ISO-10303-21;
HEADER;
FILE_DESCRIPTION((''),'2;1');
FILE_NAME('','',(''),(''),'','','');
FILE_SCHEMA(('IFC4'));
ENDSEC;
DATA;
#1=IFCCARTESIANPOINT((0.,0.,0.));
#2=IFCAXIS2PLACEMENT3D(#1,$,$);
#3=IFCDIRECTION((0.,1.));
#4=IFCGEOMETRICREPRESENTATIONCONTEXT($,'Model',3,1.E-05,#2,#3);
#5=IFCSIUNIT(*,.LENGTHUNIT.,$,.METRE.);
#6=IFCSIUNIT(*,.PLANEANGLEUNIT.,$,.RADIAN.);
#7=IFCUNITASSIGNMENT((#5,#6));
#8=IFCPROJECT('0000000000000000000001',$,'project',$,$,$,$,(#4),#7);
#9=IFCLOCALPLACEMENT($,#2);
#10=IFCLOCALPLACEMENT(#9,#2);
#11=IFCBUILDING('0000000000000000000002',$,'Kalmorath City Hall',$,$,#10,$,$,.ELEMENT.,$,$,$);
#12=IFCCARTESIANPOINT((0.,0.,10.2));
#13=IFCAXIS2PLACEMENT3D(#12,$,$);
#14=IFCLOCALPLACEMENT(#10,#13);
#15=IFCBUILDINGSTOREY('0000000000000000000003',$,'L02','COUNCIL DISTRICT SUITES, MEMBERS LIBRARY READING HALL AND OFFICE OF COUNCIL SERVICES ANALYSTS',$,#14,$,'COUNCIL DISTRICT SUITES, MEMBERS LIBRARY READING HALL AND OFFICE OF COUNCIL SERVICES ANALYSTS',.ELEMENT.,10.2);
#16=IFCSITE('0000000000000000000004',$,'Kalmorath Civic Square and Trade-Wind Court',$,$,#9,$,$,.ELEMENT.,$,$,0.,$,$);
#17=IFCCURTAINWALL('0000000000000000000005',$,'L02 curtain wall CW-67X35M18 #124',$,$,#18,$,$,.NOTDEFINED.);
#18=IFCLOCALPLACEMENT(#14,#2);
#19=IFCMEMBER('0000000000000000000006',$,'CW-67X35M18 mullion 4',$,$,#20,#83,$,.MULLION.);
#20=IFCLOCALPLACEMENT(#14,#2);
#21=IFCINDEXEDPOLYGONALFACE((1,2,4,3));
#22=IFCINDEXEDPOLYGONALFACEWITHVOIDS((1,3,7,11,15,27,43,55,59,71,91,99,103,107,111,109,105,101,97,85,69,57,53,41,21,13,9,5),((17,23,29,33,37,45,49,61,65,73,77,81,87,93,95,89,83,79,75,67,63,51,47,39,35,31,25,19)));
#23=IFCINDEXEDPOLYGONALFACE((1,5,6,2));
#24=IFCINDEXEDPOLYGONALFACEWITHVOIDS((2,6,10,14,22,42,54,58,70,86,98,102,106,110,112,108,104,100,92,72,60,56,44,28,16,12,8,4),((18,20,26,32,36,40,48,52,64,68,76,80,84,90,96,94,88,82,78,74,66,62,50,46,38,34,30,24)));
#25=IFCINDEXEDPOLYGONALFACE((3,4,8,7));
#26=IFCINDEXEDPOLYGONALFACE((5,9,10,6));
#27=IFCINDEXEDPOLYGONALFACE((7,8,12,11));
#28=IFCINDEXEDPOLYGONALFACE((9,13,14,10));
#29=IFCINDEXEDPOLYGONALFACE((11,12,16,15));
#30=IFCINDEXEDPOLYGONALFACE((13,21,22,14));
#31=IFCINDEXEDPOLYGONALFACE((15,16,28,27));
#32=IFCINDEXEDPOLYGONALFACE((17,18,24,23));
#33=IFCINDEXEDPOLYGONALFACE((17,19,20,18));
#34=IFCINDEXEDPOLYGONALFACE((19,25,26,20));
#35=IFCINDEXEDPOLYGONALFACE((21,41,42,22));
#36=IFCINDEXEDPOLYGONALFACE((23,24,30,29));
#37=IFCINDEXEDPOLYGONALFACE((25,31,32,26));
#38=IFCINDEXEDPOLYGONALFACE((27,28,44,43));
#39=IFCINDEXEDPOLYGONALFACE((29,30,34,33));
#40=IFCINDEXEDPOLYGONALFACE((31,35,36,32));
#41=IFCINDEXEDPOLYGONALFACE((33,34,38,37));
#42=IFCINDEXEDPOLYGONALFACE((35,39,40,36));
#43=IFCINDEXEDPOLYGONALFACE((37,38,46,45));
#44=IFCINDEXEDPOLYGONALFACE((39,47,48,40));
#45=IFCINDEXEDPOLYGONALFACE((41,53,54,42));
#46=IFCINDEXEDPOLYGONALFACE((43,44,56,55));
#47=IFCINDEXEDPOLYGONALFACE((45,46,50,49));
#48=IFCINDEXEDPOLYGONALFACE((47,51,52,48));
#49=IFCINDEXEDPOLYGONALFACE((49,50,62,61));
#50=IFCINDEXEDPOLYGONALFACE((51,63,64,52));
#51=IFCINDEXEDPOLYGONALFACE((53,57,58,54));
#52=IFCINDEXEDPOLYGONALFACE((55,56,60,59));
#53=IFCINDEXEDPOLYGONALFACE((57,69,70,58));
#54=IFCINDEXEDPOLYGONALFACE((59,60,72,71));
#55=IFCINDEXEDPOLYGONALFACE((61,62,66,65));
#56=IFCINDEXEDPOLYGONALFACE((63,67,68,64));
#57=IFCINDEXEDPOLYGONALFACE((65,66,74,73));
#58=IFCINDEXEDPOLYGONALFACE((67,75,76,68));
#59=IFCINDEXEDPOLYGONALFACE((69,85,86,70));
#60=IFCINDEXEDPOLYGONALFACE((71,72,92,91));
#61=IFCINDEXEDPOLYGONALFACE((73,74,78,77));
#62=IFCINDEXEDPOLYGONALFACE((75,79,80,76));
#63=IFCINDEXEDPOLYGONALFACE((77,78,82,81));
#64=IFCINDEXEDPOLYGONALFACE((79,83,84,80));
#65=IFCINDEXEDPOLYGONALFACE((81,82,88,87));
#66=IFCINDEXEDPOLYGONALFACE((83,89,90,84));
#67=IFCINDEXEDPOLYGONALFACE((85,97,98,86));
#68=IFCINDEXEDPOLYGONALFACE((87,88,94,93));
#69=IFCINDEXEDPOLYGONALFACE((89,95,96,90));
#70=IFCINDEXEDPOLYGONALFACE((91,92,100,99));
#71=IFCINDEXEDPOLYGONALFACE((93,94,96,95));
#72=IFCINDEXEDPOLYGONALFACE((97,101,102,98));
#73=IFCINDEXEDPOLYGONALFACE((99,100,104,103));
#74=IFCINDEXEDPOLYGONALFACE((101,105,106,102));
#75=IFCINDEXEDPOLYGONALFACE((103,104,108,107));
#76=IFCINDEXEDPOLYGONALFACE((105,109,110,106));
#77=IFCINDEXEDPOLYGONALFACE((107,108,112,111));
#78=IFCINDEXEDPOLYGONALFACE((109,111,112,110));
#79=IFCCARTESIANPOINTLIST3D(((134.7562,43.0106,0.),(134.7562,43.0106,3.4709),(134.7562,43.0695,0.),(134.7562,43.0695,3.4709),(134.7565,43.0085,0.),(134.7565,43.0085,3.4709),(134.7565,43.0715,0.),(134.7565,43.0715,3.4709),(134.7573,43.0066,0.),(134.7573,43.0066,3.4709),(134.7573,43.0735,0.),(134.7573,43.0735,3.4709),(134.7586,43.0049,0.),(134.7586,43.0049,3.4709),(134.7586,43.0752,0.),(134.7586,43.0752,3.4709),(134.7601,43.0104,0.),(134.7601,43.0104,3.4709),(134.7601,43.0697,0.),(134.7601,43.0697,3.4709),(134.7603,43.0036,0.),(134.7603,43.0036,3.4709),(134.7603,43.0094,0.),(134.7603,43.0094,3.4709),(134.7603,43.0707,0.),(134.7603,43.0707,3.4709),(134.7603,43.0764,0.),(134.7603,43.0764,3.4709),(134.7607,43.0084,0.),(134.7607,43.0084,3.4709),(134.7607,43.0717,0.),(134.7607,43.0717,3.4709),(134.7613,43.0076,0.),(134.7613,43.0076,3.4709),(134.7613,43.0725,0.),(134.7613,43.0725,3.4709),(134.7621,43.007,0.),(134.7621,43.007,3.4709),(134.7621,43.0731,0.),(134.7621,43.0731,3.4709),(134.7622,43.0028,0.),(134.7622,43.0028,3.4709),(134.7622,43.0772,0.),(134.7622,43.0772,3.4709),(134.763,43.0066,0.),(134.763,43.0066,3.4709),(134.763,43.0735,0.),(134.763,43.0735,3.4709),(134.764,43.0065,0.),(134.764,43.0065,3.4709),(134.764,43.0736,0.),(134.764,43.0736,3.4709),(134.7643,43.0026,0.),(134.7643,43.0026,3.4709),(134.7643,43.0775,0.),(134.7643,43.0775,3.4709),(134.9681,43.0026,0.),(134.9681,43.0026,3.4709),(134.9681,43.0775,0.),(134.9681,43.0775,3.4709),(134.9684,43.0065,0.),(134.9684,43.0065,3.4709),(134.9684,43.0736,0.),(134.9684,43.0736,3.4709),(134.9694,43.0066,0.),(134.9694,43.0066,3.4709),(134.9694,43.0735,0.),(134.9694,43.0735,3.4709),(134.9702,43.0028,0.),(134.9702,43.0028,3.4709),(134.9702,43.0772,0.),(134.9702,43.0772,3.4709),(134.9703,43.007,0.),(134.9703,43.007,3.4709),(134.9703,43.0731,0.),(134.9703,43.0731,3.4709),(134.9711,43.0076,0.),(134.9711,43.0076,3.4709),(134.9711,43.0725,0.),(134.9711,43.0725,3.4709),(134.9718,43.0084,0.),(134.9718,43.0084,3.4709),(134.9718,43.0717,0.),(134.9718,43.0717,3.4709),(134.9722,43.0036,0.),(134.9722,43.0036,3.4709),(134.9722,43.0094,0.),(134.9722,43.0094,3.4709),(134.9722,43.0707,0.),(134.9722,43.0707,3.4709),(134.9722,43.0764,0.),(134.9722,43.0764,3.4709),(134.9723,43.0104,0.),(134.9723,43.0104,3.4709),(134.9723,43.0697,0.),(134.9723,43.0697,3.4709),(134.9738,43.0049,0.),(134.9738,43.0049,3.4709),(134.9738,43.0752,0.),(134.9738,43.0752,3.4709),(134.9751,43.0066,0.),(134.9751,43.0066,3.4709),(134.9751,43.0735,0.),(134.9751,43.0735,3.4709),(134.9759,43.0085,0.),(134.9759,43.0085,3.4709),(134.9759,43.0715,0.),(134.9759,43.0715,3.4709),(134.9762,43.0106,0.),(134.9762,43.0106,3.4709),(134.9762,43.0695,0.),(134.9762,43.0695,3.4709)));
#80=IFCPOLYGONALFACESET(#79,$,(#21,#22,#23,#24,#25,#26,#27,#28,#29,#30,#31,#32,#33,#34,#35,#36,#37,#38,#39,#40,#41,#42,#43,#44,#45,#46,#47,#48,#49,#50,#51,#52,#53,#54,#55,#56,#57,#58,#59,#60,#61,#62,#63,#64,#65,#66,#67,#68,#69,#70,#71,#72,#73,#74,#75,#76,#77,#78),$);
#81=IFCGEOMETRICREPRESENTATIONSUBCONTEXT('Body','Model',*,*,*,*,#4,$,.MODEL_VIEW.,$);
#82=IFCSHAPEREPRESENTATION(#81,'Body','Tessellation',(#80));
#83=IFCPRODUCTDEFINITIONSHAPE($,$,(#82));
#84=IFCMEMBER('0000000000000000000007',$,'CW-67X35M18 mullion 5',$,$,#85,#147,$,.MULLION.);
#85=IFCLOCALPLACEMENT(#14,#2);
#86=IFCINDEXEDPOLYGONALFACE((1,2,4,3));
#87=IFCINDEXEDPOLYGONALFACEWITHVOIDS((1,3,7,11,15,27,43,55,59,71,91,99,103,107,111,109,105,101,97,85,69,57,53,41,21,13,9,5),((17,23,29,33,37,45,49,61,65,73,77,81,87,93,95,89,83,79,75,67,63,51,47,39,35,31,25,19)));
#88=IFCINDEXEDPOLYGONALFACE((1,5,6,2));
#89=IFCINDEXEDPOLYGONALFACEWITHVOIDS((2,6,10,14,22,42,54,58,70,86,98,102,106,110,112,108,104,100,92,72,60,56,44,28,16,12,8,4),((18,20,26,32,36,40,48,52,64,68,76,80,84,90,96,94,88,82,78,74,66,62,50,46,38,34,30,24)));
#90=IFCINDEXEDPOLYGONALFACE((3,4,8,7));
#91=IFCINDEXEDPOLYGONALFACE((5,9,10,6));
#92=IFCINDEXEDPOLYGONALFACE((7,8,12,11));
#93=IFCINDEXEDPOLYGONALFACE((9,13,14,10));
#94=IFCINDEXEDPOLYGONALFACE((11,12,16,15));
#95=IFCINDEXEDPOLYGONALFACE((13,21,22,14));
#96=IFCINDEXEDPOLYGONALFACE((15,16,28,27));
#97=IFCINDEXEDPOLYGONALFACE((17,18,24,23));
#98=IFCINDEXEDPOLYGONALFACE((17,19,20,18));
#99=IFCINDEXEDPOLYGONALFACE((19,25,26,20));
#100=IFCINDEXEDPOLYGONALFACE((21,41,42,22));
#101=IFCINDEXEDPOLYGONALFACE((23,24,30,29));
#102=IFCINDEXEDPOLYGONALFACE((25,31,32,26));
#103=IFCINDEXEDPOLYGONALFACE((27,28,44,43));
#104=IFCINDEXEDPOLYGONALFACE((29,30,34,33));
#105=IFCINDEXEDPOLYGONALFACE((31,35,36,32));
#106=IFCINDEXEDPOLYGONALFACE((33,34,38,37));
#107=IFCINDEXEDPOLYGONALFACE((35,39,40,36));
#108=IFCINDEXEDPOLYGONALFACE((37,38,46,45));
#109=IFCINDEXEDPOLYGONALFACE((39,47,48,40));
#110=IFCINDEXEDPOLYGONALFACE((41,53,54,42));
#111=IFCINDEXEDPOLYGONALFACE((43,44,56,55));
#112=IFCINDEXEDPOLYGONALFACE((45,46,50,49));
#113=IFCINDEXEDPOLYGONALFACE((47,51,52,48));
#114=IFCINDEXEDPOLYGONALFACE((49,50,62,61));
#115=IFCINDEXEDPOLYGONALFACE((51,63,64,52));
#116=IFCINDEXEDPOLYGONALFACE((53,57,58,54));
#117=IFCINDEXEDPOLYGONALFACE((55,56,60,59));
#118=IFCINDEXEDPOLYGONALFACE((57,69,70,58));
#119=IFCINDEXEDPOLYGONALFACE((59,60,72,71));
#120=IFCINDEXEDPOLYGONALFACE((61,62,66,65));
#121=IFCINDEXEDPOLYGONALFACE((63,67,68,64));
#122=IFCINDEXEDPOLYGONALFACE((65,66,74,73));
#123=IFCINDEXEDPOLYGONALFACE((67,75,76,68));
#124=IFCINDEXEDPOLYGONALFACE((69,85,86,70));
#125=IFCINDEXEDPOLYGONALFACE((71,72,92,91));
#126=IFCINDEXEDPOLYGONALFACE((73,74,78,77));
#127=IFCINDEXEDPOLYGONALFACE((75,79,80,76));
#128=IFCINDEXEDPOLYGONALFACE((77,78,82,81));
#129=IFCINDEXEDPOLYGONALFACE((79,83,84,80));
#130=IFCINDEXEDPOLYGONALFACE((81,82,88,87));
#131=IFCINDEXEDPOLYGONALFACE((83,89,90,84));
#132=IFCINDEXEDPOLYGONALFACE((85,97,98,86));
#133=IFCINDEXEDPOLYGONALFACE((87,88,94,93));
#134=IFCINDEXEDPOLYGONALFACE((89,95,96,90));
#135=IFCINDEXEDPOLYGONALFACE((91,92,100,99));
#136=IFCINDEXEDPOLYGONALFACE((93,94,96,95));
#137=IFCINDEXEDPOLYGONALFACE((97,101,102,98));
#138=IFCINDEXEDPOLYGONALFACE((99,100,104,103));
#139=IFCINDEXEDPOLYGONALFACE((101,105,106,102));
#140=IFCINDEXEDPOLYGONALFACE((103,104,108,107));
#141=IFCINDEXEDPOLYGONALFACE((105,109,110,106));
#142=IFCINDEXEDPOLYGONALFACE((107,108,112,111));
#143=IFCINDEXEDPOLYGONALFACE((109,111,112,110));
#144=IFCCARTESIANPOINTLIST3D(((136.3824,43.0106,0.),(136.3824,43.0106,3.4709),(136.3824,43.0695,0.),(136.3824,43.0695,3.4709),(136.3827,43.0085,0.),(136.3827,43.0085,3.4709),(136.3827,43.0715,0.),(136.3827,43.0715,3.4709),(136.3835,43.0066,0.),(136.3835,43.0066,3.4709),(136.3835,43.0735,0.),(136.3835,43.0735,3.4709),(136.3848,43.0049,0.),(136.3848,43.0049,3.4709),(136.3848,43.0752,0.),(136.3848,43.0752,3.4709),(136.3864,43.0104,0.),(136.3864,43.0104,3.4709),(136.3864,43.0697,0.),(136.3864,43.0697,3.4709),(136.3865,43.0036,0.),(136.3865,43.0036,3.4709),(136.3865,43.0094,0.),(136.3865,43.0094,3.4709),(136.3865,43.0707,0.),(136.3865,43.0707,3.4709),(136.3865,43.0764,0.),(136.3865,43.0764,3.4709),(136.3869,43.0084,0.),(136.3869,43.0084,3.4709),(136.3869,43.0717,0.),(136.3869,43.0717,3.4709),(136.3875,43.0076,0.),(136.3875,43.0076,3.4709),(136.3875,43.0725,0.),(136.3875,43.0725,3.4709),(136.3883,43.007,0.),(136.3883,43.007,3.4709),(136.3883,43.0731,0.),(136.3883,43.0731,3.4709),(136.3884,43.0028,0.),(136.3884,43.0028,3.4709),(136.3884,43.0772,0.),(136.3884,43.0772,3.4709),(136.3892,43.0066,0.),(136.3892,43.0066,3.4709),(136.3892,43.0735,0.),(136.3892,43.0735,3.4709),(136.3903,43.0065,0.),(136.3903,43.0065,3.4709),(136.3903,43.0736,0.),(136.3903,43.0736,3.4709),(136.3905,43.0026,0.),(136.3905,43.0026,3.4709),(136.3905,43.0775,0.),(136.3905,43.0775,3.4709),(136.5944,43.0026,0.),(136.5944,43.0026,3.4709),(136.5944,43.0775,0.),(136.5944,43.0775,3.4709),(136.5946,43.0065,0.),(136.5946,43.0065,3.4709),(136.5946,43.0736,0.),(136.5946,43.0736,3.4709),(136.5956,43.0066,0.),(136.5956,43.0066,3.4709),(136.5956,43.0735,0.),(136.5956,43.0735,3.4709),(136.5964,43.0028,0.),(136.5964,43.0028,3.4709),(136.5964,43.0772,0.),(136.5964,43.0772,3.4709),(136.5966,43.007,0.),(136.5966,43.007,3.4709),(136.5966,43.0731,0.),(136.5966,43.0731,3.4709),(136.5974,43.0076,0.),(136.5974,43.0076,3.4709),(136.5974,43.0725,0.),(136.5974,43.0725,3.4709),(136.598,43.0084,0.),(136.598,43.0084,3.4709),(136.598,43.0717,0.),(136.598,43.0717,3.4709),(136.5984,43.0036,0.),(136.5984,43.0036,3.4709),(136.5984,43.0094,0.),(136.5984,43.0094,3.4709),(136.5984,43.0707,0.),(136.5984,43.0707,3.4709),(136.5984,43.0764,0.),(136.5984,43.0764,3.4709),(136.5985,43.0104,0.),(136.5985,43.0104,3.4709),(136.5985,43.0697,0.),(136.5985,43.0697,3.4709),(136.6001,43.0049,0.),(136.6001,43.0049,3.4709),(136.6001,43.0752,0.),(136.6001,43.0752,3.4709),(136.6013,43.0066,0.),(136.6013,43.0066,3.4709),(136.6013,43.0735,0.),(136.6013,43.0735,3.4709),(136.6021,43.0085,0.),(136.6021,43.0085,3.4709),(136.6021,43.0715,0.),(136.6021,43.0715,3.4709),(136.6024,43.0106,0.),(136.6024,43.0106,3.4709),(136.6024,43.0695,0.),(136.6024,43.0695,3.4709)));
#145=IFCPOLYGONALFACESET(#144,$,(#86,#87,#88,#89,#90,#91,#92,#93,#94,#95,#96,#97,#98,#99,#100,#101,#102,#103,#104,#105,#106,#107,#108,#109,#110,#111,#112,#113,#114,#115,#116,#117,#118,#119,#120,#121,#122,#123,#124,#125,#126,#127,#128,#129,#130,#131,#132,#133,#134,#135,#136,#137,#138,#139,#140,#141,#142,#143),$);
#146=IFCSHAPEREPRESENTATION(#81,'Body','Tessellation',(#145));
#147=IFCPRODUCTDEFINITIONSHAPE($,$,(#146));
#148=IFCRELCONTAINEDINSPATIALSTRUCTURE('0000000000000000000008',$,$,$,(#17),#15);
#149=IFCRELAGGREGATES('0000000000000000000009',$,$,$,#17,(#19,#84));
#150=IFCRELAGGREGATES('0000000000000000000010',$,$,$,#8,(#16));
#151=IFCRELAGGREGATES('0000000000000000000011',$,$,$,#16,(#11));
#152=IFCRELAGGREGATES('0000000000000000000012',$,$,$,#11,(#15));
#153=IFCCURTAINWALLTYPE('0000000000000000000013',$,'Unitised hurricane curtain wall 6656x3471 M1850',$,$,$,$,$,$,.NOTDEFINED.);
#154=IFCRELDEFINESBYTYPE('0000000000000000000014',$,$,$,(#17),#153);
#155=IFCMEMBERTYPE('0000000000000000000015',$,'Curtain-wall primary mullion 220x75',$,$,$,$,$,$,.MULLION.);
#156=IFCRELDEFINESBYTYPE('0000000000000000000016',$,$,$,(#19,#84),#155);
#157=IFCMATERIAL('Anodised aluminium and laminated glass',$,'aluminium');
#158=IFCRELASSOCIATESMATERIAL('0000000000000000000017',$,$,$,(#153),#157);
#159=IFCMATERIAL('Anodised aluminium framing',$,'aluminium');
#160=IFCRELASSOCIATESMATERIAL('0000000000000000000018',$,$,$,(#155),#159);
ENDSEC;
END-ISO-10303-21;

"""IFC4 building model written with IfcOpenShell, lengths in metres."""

from ifc_helpers import new_model, si_unit, direction, frame, origin, origin_2d, place, context, subcontext, project, spatial, hollow_rectangle, extrude, material, material_profile, profile_set, type_object, element, aggregate, save


model = new_model("IFC4")

# Units and contexts
model_context = context("Model", 3, precision=1e-05, world=origin(), true_north=direction((0.0, 1.0)))
body_context = subcontext(model_context, "Body", "Model", "MODEL_VIEW")
ifc_project = project(units=[si_unit("LENGTHUNIT", "METRE"), si_unit("PLANEANGLEUNIT", "RADIAN")], contexts=[model_context])

# Site, building, storey
site_placement = place(None, origin())
site = spatial("IfcSite", under=ifc_project, at=site_placement, Name="Kalmorath Civic Square and Trade-Wind Court", CompositionType="ELEMENT", RefElevation=0.0)
building_placement = place(site_placement, origin())
building = spatial("IfcBuilding", under=site, at=building_placement, Name="Kalmorath City Hall", CompositionType="ELEMENT")
storey_placement = place(building_placement, frame((0.0, 0.0, 10.2)))
storey = spatial("IfcBuildingStorey", under=building, at=storey_placement, Name="L02", Description="COUNCIL DISTRICT SUITES, MEMBERS LIBRARY READING HALL AND OFFICE OF COUNCIL SERVICES ANALYSTS", LongName="COUNCIL DISTRICT SUITES, MEMBERS LIBRARY READING HALL AND OFFICE OF COUNCIL SERVICES ANALYSTS", CompositionType="ELEMENT", Elevation=10.2)

# Curtain wall
ifc_material_1 = material(Name="Anodised aluminium and laminated glass", Category="aluminium")
curtain_wall_type_1 = type_object("IfcCurtainWallType", Name="Unitised hurricane curtain wall 6656x3471 M1850", PredefinedType="NOTDEFINED", material=ifc_material_1)
curtain_wall_1_placement = place(storey_placement, origin())
curtain_wall_1 = element("IfcCurtainWall", 1, at=curtain_wall_1_placement, inside=storey, type_object=curtain_wall_type_1, Name="L02 curtain wall CW-67X35M18 #124", PredefinedType="NOTDEFINED")

# Members
ifc_material_2 = material(Name="Anodised aluminium framing", Category="aluminium")
ifc_material_profile_1 = material_profile(ifc_material_2, hollow_rectangle(XDim=0.075, YDim=0.22, WallThickness=0.0039, InnerFilletRadius=0.0039, OuterFilletRadius=0.0081, at=origin_2d()), Name="ALU-MUL-220X75X4")
ifc_profile_set_1 = profile_set([ifc_material_profile_1], Name="Anodised aluminium framing")
member_type_1 = type_object("IfcMemberType", Name="Curtain-wall primary mullion 220x75", PredefinedType="MULLION", material=ifc_profile_set_1)
member_1_placement = place(storey_placement, frame((134.8662, 43.04, 0.0), z_axis=(0.0, 0.0, 1.0), x_axis=(0.0, 1.0, 0.0)))
member_1 = element("IfcMember", 2, at=member_1_placement, type_object=member_type_1, Name="CW-67X35M18 mullion 4", PredefinedType="MULLION", context=body_context, shape_type="SweptSolid", body=[
    extrude(hollow_rectangle(XDim=0.075, YDim=0.22, WallThickness=0.0039, InnerFilletRadius=0.0039, OuterFilletRadius=0.0081, at=origin_2d()), origin(), (0.0, 0.0, 1.0), 3.4709),
])
member_2_placement = place(storey_placement, frame((136.4924, 43.04, 0.0), z_axis=(0.0, 0.0, 1.0), x_axis=(0.0, 1.0, 0.0)))
member_2 = element("IfcMember", 3, at=member_2_placement, type_object=member_type_1, Name="CW-67X35M18 mullion 5", PredefinedType="MULLION", context=body_context, shape_type="SweptSolid", body=[
    extrude(hollow_rectangle(XDim=0.075, YDim=0.22, WallThickness=0.0039, InnerFilletRadius=0.0039, OuterFilletRadius=0.0081, at=origin_2d()), origin(), (0.0, 0.0, 1.0), 3.4709),
])

aggregate(curtain_wall_1, [member_1, member_2])

save(model, "model.ifc")
